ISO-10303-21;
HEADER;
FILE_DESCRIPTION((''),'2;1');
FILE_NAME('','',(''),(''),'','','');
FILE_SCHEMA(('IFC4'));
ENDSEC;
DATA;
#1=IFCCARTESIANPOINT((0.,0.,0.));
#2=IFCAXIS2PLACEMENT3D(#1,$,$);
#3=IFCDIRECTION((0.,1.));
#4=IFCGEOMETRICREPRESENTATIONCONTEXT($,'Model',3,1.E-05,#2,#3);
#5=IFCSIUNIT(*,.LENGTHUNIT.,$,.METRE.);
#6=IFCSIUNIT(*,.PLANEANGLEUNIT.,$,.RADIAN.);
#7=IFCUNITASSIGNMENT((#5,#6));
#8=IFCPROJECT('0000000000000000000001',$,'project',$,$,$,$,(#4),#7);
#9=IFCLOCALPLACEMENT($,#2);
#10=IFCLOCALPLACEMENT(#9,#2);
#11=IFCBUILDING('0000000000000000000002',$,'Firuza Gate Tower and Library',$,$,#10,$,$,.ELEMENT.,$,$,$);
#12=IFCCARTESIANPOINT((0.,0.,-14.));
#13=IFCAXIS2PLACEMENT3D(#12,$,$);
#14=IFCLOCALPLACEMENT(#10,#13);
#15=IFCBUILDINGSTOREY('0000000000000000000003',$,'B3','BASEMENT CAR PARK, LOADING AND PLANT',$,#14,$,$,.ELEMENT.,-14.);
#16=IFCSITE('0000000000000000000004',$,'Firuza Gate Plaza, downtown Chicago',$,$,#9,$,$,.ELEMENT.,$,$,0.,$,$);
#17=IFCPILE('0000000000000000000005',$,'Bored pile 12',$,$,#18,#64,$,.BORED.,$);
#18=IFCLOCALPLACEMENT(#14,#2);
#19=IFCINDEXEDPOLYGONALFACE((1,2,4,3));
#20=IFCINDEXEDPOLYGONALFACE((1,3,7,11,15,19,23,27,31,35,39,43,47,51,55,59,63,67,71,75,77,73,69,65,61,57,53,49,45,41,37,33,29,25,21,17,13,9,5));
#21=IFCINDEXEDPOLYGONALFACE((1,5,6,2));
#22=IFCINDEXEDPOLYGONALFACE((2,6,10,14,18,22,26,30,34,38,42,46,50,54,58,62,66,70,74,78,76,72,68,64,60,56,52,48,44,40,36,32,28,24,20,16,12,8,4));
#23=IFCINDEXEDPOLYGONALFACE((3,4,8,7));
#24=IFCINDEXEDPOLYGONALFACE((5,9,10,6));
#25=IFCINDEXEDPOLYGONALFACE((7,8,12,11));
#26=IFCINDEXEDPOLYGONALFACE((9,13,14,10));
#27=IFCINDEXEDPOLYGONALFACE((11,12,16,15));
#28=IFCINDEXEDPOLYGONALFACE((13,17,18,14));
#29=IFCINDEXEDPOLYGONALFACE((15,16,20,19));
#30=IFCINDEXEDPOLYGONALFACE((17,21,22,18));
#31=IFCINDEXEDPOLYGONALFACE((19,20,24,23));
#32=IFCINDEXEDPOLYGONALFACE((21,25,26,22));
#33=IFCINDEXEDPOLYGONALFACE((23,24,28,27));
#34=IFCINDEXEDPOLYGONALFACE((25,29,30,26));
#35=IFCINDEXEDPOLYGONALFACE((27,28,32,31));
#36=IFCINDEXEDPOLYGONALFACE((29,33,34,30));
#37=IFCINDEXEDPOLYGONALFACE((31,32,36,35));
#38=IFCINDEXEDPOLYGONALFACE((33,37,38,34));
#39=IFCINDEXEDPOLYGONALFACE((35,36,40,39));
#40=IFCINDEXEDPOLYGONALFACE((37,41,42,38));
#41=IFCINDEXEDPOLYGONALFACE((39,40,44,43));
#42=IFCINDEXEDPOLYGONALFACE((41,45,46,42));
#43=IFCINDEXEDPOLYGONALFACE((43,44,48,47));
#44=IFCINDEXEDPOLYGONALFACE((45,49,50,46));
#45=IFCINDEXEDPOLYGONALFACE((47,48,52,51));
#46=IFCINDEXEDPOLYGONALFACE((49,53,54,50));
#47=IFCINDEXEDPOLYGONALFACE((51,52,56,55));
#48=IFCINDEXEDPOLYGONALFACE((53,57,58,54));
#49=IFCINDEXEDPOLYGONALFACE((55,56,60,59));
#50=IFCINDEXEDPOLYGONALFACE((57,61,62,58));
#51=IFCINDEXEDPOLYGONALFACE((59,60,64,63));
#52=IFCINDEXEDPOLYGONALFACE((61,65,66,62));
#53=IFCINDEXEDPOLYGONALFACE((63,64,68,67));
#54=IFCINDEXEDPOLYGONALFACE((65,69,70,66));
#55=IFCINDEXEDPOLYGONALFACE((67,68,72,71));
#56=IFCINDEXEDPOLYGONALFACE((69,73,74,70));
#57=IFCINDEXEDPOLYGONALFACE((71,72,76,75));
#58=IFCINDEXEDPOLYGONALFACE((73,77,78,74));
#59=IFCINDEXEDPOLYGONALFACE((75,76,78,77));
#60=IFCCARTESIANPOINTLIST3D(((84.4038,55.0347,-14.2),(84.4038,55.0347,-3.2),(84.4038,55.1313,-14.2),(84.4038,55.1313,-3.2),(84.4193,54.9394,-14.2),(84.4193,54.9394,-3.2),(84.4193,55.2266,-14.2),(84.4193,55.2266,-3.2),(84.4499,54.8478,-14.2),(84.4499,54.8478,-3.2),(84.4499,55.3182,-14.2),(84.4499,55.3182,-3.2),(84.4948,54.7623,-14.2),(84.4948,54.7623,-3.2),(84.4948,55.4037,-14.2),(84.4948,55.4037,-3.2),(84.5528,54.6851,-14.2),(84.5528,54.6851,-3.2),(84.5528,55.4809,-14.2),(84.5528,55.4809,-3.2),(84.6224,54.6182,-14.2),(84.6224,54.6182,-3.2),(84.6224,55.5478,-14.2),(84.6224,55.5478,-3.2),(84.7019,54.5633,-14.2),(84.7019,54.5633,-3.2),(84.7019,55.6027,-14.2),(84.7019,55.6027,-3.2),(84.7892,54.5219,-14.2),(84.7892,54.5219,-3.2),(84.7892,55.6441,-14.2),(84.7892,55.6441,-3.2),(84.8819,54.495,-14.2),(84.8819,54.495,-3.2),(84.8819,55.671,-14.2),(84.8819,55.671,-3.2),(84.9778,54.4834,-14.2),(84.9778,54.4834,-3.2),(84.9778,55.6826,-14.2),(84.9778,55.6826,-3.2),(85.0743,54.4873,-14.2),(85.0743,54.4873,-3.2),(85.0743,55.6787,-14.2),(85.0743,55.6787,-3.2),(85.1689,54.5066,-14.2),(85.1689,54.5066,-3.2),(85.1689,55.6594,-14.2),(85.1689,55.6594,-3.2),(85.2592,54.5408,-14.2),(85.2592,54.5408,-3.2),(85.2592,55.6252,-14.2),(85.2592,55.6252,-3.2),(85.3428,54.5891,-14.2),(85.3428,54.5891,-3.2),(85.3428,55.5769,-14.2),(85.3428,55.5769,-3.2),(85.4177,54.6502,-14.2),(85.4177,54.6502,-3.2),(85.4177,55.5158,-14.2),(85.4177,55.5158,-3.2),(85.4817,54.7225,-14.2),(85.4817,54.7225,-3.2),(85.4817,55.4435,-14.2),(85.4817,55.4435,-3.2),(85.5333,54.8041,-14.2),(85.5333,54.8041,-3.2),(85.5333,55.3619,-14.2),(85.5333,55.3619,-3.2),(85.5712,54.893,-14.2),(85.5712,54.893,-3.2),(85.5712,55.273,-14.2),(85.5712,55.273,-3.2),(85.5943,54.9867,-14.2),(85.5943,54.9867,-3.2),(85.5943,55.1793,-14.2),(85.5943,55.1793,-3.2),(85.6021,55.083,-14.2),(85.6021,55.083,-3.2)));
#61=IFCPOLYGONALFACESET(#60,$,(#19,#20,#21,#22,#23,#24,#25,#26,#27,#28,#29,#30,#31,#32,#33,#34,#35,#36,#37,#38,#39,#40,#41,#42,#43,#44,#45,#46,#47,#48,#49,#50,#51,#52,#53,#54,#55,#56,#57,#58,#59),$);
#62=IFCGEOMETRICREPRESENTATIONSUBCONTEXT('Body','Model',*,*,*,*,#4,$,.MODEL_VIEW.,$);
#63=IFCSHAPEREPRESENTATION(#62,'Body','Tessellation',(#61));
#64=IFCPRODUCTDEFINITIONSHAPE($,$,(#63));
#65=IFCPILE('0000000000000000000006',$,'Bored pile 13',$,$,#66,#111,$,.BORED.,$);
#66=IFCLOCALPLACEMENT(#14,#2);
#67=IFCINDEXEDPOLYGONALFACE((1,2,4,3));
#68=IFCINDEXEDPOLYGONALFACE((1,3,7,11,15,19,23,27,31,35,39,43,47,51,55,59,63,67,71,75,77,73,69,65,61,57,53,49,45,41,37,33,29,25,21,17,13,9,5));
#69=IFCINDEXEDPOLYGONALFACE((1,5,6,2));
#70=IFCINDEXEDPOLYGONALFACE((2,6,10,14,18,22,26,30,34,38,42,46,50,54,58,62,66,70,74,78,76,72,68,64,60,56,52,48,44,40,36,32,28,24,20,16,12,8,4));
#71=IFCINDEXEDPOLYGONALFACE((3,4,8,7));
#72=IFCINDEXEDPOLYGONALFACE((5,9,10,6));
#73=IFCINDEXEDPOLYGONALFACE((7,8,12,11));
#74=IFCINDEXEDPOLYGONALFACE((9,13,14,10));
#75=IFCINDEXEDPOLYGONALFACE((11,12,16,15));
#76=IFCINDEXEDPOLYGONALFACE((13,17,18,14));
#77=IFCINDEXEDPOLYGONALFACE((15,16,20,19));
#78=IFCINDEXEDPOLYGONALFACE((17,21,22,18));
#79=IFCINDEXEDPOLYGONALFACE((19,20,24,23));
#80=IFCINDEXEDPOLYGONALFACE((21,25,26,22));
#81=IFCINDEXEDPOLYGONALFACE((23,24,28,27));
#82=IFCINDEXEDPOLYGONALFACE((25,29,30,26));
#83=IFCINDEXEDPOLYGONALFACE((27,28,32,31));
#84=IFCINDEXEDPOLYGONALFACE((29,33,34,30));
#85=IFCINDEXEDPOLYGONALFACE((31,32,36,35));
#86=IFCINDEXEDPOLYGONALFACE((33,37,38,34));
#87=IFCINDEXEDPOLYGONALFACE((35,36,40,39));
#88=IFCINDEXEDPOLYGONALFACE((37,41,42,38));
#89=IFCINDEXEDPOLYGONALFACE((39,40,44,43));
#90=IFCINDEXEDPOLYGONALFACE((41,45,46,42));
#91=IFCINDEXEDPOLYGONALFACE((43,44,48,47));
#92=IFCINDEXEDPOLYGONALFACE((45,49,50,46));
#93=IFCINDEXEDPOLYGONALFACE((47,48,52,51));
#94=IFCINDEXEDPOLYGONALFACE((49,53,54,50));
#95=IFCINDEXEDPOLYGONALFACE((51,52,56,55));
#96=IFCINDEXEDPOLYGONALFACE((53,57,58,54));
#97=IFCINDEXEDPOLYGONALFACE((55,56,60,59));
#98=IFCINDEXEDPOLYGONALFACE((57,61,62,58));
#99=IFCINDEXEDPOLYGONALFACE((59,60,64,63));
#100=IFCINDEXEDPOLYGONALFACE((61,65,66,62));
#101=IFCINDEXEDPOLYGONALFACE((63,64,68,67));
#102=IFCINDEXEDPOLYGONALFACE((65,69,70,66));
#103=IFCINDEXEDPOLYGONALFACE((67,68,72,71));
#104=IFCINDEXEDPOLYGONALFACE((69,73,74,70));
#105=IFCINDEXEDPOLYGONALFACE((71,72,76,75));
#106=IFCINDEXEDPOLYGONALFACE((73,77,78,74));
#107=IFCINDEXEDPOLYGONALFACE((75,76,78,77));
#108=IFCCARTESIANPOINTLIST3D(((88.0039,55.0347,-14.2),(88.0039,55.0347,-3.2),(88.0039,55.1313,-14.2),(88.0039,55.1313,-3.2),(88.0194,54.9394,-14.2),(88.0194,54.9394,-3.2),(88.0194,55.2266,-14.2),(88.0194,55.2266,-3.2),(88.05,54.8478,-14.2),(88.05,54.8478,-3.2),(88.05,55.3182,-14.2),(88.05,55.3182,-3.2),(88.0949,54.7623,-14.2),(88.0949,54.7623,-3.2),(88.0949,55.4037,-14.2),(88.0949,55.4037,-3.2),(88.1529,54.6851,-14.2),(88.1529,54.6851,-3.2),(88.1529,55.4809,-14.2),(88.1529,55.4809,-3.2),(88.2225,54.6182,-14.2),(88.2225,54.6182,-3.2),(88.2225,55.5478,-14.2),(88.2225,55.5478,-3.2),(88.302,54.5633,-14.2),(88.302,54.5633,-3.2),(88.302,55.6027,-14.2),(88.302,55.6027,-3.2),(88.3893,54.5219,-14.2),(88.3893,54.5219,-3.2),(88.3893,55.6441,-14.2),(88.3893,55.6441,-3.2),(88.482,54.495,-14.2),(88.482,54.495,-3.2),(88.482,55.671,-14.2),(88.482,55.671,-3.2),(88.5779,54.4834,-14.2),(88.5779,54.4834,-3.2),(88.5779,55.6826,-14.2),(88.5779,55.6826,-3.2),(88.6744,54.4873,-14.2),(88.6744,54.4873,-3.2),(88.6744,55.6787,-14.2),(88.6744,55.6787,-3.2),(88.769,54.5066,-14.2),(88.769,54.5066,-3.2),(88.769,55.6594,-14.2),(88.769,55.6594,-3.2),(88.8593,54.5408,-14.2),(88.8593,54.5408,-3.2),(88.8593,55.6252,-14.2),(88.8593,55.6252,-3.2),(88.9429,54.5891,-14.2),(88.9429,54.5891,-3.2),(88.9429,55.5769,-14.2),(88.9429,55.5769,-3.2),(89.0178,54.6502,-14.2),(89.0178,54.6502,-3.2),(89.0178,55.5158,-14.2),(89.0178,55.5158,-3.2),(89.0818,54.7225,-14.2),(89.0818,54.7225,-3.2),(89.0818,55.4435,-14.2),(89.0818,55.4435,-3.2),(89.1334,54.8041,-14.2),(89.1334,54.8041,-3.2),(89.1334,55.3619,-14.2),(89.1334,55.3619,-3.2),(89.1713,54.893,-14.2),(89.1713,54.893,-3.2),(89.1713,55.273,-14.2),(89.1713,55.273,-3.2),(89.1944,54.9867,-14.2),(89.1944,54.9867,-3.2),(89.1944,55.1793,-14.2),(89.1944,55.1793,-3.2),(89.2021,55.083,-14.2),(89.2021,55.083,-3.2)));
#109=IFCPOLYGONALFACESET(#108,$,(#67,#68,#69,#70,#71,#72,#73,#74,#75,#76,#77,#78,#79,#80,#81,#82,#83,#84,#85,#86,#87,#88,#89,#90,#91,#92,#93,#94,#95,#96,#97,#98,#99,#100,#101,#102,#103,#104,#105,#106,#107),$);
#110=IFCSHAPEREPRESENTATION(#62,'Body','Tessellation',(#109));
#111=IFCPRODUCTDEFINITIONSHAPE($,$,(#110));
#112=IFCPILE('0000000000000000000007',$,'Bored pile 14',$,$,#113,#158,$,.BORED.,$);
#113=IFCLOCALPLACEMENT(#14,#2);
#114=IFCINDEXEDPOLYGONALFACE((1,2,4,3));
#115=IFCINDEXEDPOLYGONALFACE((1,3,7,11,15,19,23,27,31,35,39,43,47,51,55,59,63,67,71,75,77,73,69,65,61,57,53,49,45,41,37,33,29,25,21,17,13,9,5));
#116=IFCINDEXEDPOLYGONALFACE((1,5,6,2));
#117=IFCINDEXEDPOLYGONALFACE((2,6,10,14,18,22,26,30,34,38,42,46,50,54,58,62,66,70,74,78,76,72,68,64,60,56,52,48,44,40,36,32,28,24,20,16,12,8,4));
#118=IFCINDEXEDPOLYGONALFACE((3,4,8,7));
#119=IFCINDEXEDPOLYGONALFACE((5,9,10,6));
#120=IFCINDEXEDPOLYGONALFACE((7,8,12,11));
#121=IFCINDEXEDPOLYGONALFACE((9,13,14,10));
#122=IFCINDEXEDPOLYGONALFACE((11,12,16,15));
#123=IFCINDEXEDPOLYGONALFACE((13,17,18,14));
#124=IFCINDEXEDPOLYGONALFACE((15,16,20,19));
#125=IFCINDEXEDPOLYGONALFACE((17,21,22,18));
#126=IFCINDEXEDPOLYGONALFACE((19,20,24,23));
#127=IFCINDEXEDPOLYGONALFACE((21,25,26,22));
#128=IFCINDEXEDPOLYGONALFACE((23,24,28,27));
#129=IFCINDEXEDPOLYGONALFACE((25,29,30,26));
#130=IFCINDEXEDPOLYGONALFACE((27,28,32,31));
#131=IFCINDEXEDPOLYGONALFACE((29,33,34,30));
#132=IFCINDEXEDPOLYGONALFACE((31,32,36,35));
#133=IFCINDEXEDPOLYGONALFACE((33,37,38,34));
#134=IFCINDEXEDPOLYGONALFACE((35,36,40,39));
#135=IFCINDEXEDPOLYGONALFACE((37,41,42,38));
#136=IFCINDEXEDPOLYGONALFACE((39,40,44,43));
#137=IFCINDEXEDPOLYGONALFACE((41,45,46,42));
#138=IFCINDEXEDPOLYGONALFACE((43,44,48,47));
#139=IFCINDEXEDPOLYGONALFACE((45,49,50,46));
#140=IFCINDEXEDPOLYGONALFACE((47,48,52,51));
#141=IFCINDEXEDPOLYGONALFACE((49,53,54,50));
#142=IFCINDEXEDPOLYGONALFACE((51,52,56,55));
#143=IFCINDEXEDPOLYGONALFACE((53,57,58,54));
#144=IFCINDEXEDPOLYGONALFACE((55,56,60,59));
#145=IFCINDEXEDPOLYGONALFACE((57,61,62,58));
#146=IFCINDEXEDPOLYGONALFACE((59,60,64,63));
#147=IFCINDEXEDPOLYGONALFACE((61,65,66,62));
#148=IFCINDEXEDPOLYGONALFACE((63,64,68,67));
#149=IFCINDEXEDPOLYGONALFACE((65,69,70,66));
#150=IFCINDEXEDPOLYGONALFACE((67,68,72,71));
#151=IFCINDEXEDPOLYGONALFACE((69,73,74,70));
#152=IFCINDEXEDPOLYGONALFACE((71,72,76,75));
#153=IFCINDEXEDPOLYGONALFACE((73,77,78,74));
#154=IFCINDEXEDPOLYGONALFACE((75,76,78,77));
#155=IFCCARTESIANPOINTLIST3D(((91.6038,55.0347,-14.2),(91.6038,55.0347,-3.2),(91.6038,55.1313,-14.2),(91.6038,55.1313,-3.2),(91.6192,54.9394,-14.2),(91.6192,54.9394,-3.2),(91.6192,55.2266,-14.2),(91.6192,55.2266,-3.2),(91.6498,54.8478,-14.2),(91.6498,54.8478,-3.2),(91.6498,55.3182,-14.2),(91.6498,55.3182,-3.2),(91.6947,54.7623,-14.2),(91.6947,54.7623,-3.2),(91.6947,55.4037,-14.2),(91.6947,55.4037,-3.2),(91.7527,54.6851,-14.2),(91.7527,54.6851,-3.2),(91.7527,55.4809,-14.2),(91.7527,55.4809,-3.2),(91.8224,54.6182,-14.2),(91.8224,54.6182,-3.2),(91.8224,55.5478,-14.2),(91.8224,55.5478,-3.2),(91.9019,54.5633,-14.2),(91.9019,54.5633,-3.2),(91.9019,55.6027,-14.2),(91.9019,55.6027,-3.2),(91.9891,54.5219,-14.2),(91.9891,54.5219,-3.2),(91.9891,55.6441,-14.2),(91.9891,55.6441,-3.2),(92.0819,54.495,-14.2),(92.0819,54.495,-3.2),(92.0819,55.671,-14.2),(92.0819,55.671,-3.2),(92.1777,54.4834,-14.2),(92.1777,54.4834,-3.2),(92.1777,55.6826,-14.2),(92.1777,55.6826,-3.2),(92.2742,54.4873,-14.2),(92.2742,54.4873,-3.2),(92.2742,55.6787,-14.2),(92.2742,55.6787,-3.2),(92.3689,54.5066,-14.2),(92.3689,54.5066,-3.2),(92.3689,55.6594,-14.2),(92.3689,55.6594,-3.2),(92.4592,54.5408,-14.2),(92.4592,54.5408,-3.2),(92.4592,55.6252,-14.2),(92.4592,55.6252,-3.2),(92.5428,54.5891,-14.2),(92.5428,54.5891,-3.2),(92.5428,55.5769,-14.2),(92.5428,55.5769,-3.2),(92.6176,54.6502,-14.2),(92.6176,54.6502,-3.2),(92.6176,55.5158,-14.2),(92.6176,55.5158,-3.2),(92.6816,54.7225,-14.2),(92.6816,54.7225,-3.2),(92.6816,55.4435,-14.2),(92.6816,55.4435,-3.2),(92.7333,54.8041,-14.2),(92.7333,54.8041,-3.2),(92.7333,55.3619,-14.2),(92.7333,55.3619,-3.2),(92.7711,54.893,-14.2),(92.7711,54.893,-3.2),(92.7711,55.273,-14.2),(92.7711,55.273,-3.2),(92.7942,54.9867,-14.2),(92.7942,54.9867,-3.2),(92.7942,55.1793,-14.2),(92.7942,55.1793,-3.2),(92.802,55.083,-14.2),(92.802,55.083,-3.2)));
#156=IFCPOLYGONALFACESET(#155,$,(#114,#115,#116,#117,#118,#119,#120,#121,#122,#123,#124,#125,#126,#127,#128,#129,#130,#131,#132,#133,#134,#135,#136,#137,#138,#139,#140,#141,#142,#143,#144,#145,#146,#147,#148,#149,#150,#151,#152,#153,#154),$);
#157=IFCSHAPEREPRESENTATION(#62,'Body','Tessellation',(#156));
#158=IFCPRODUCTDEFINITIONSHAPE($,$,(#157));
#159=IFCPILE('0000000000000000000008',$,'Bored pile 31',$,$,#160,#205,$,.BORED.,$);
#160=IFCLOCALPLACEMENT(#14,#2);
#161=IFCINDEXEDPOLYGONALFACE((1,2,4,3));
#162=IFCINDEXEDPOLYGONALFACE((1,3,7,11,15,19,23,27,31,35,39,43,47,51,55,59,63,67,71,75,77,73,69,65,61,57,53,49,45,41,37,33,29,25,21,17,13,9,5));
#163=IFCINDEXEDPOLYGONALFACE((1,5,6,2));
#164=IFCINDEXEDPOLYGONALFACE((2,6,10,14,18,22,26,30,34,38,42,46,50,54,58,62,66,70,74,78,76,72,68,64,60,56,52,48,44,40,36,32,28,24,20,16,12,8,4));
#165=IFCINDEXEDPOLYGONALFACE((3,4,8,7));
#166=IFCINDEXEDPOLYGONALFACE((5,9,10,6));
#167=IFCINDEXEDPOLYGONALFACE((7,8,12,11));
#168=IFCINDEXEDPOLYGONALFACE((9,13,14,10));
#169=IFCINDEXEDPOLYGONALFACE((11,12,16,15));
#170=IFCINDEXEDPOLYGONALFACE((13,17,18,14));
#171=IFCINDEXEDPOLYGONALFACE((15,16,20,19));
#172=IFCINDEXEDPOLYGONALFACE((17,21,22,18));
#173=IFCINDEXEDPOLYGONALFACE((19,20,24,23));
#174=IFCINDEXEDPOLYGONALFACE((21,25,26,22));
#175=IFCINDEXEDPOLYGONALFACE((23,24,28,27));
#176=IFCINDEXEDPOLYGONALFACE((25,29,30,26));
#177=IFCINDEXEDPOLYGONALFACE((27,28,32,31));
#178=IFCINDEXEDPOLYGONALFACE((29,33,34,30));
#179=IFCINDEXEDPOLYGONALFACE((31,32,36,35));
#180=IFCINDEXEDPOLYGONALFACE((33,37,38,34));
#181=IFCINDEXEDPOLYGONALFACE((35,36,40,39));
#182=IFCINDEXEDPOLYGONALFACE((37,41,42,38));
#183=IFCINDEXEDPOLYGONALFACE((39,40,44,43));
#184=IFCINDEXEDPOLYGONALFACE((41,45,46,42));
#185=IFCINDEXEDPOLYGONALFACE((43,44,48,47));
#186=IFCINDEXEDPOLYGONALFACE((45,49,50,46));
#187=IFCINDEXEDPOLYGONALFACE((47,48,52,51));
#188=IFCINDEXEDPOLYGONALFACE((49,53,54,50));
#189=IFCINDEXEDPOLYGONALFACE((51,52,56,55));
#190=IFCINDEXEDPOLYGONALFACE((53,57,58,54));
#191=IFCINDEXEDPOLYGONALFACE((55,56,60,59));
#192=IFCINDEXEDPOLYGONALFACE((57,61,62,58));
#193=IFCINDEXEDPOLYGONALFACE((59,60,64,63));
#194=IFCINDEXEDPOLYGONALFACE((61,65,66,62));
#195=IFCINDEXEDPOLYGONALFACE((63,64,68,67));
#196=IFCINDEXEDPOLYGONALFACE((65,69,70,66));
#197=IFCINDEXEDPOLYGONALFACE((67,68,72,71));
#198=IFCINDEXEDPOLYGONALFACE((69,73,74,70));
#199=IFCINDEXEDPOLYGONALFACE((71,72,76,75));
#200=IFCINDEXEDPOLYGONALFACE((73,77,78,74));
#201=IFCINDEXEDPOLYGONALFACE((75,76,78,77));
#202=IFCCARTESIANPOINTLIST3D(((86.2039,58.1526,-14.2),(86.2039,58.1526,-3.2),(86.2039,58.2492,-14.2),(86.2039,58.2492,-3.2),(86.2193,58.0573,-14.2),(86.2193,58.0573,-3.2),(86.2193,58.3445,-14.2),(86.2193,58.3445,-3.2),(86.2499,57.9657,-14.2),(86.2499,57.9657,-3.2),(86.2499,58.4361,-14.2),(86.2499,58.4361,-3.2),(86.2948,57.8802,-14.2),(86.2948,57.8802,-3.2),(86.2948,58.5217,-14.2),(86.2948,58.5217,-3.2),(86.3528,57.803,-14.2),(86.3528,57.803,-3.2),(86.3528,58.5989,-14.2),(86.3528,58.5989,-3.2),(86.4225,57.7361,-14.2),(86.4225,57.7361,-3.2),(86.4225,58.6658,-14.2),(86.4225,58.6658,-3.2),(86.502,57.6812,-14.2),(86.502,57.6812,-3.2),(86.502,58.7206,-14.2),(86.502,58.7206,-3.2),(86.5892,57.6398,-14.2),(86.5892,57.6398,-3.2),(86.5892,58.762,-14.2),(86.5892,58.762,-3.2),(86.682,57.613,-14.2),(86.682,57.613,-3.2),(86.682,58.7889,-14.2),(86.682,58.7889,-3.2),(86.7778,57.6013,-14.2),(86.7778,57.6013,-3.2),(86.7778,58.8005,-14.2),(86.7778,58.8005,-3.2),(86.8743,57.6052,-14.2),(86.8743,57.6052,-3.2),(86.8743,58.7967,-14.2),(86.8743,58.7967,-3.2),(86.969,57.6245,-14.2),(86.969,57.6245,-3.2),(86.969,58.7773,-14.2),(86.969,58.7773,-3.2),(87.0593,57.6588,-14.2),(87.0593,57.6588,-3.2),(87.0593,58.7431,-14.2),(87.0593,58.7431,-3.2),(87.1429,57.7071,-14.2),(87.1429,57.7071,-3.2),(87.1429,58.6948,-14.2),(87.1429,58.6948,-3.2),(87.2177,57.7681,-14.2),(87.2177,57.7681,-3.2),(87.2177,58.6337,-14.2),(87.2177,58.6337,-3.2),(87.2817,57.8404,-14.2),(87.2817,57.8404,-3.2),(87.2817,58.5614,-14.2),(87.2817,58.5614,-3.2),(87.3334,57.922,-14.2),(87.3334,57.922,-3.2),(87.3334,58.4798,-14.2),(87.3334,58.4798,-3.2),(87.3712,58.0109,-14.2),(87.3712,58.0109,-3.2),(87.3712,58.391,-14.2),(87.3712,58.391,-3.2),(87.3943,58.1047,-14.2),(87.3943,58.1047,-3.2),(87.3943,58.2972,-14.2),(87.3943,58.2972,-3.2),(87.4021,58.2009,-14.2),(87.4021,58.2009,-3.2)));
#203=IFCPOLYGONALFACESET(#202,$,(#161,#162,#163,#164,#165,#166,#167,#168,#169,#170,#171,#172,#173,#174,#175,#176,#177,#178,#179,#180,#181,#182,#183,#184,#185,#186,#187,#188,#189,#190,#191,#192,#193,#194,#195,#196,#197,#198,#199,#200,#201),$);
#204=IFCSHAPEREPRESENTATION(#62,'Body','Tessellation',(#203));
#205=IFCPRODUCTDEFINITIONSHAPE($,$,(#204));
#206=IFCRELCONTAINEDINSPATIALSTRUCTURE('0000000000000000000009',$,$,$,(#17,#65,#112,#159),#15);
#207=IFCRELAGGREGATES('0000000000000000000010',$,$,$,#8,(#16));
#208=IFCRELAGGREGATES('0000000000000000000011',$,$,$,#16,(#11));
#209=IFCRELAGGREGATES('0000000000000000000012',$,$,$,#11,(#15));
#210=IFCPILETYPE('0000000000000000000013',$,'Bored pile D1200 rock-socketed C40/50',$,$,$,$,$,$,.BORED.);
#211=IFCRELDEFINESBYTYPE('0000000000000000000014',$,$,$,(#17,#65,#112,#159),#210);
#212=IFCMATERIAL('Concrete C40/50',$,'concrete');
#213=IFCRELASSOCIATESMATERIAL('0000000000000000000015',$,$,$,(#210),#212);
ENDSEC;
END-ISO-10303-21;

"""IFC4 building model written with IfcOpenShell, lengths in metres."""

from ifc_helpers import new_model, si_unit, direction, frame, origin, origin_2d, place, context, subcontext, project, spatial, circle, extrude, material, material_profile, profile_set, type_object, element, save


model = new_model("IFC4")

# Units and contexts
model_context = context("Model", 3, precision=1e-05, world=origin(), true_north=direction((0.0, 1.0)))
body_context = subcontext(model_context, "Body", "Model", "MODEL_VIEW")
ifc_project = project(units=[si_unit("LENGTHUNIT", "METRE"), si_unit("PLANEANGLEUNIT", "RADIAN")], contexts=[model_context])

# Site, building, storey
site_placement = place(None, origin())
site = spatial("IfcSite", under=ifc_project, at=site_placement, Name="Firuza Gate Plaza, downtown Chicago", CompositionType="ELEMENT", RefElevation=0.0)
building_placement = place(site_placement, origin())
building = spatial("IfcBuilding", under=site, at=building_placement, Name="Firuza Gate Tower and Library", CompositionType="ELEMENT")
storey_placement = place(building_placement, frame((0.0, 0.0, -14.0)))
storey = spatial("IfcBuildingStorey", under=building, at=storey_placement, Name="B3", Description="BASEMENT CAR PARK, LOADING AND PLANT", CompositionType="ELEMENT", Elevation=-14.0)

# Piles
ifc_material_1 = material(Name="Concrete C40/50", Category="concrete")
ifc_material_profile_1 = material_profile(ifc_material_1, circle(Radius=0.6001, at=origin_2d()))
ifc_profile_set_1 = profile_set([ifc_material_profile_1], Name="Concrete C40/50")
pile_type = type_object("IfcPileType", Name="Bored pile D1200 rock-socketed C40/50", PredefinedType="BORED", material=ifc_profile_set_1)
for number, where, z_axis, x_axis, name in (
    (1, (85.002, 55.083, -3.2), (0.0, 0.0, -1.0), (1.0, 0.0, 0.0), "Bored pile 12"),
    (2, (88.6021, 55.083, -3.2), (0.0, 0.0, -1.0), (1.0, 0.0, 0.0), "Bored pile 13"),
    (3, (92.2019, 55.083, -3.2), (0.0, 0.0, -1.0), (1.0, 0.0, 0.0), "Bored pile 14"),
    (4, (86.802, 58.2009, -3.2), (0.0, 0.0, -1.0), (1.0, 0.0, 0.0), "Bored pile 31"),
):
    element("IfcPile", number, at=place(storey_placement, frame(where, z_axis=z_axis, x_axis=x_axis)), inside=storey, type_object=pile_type, Name=name, PredefinedType="BORED", context=body_context, shape_type="SweptSolid", body=[
        extrude(circle(Radius=0.6001, at=origin_2d()), origin(), (0.0, 0.0, 1.0), 11.0),
    ])

save(model, "model.ifc")
